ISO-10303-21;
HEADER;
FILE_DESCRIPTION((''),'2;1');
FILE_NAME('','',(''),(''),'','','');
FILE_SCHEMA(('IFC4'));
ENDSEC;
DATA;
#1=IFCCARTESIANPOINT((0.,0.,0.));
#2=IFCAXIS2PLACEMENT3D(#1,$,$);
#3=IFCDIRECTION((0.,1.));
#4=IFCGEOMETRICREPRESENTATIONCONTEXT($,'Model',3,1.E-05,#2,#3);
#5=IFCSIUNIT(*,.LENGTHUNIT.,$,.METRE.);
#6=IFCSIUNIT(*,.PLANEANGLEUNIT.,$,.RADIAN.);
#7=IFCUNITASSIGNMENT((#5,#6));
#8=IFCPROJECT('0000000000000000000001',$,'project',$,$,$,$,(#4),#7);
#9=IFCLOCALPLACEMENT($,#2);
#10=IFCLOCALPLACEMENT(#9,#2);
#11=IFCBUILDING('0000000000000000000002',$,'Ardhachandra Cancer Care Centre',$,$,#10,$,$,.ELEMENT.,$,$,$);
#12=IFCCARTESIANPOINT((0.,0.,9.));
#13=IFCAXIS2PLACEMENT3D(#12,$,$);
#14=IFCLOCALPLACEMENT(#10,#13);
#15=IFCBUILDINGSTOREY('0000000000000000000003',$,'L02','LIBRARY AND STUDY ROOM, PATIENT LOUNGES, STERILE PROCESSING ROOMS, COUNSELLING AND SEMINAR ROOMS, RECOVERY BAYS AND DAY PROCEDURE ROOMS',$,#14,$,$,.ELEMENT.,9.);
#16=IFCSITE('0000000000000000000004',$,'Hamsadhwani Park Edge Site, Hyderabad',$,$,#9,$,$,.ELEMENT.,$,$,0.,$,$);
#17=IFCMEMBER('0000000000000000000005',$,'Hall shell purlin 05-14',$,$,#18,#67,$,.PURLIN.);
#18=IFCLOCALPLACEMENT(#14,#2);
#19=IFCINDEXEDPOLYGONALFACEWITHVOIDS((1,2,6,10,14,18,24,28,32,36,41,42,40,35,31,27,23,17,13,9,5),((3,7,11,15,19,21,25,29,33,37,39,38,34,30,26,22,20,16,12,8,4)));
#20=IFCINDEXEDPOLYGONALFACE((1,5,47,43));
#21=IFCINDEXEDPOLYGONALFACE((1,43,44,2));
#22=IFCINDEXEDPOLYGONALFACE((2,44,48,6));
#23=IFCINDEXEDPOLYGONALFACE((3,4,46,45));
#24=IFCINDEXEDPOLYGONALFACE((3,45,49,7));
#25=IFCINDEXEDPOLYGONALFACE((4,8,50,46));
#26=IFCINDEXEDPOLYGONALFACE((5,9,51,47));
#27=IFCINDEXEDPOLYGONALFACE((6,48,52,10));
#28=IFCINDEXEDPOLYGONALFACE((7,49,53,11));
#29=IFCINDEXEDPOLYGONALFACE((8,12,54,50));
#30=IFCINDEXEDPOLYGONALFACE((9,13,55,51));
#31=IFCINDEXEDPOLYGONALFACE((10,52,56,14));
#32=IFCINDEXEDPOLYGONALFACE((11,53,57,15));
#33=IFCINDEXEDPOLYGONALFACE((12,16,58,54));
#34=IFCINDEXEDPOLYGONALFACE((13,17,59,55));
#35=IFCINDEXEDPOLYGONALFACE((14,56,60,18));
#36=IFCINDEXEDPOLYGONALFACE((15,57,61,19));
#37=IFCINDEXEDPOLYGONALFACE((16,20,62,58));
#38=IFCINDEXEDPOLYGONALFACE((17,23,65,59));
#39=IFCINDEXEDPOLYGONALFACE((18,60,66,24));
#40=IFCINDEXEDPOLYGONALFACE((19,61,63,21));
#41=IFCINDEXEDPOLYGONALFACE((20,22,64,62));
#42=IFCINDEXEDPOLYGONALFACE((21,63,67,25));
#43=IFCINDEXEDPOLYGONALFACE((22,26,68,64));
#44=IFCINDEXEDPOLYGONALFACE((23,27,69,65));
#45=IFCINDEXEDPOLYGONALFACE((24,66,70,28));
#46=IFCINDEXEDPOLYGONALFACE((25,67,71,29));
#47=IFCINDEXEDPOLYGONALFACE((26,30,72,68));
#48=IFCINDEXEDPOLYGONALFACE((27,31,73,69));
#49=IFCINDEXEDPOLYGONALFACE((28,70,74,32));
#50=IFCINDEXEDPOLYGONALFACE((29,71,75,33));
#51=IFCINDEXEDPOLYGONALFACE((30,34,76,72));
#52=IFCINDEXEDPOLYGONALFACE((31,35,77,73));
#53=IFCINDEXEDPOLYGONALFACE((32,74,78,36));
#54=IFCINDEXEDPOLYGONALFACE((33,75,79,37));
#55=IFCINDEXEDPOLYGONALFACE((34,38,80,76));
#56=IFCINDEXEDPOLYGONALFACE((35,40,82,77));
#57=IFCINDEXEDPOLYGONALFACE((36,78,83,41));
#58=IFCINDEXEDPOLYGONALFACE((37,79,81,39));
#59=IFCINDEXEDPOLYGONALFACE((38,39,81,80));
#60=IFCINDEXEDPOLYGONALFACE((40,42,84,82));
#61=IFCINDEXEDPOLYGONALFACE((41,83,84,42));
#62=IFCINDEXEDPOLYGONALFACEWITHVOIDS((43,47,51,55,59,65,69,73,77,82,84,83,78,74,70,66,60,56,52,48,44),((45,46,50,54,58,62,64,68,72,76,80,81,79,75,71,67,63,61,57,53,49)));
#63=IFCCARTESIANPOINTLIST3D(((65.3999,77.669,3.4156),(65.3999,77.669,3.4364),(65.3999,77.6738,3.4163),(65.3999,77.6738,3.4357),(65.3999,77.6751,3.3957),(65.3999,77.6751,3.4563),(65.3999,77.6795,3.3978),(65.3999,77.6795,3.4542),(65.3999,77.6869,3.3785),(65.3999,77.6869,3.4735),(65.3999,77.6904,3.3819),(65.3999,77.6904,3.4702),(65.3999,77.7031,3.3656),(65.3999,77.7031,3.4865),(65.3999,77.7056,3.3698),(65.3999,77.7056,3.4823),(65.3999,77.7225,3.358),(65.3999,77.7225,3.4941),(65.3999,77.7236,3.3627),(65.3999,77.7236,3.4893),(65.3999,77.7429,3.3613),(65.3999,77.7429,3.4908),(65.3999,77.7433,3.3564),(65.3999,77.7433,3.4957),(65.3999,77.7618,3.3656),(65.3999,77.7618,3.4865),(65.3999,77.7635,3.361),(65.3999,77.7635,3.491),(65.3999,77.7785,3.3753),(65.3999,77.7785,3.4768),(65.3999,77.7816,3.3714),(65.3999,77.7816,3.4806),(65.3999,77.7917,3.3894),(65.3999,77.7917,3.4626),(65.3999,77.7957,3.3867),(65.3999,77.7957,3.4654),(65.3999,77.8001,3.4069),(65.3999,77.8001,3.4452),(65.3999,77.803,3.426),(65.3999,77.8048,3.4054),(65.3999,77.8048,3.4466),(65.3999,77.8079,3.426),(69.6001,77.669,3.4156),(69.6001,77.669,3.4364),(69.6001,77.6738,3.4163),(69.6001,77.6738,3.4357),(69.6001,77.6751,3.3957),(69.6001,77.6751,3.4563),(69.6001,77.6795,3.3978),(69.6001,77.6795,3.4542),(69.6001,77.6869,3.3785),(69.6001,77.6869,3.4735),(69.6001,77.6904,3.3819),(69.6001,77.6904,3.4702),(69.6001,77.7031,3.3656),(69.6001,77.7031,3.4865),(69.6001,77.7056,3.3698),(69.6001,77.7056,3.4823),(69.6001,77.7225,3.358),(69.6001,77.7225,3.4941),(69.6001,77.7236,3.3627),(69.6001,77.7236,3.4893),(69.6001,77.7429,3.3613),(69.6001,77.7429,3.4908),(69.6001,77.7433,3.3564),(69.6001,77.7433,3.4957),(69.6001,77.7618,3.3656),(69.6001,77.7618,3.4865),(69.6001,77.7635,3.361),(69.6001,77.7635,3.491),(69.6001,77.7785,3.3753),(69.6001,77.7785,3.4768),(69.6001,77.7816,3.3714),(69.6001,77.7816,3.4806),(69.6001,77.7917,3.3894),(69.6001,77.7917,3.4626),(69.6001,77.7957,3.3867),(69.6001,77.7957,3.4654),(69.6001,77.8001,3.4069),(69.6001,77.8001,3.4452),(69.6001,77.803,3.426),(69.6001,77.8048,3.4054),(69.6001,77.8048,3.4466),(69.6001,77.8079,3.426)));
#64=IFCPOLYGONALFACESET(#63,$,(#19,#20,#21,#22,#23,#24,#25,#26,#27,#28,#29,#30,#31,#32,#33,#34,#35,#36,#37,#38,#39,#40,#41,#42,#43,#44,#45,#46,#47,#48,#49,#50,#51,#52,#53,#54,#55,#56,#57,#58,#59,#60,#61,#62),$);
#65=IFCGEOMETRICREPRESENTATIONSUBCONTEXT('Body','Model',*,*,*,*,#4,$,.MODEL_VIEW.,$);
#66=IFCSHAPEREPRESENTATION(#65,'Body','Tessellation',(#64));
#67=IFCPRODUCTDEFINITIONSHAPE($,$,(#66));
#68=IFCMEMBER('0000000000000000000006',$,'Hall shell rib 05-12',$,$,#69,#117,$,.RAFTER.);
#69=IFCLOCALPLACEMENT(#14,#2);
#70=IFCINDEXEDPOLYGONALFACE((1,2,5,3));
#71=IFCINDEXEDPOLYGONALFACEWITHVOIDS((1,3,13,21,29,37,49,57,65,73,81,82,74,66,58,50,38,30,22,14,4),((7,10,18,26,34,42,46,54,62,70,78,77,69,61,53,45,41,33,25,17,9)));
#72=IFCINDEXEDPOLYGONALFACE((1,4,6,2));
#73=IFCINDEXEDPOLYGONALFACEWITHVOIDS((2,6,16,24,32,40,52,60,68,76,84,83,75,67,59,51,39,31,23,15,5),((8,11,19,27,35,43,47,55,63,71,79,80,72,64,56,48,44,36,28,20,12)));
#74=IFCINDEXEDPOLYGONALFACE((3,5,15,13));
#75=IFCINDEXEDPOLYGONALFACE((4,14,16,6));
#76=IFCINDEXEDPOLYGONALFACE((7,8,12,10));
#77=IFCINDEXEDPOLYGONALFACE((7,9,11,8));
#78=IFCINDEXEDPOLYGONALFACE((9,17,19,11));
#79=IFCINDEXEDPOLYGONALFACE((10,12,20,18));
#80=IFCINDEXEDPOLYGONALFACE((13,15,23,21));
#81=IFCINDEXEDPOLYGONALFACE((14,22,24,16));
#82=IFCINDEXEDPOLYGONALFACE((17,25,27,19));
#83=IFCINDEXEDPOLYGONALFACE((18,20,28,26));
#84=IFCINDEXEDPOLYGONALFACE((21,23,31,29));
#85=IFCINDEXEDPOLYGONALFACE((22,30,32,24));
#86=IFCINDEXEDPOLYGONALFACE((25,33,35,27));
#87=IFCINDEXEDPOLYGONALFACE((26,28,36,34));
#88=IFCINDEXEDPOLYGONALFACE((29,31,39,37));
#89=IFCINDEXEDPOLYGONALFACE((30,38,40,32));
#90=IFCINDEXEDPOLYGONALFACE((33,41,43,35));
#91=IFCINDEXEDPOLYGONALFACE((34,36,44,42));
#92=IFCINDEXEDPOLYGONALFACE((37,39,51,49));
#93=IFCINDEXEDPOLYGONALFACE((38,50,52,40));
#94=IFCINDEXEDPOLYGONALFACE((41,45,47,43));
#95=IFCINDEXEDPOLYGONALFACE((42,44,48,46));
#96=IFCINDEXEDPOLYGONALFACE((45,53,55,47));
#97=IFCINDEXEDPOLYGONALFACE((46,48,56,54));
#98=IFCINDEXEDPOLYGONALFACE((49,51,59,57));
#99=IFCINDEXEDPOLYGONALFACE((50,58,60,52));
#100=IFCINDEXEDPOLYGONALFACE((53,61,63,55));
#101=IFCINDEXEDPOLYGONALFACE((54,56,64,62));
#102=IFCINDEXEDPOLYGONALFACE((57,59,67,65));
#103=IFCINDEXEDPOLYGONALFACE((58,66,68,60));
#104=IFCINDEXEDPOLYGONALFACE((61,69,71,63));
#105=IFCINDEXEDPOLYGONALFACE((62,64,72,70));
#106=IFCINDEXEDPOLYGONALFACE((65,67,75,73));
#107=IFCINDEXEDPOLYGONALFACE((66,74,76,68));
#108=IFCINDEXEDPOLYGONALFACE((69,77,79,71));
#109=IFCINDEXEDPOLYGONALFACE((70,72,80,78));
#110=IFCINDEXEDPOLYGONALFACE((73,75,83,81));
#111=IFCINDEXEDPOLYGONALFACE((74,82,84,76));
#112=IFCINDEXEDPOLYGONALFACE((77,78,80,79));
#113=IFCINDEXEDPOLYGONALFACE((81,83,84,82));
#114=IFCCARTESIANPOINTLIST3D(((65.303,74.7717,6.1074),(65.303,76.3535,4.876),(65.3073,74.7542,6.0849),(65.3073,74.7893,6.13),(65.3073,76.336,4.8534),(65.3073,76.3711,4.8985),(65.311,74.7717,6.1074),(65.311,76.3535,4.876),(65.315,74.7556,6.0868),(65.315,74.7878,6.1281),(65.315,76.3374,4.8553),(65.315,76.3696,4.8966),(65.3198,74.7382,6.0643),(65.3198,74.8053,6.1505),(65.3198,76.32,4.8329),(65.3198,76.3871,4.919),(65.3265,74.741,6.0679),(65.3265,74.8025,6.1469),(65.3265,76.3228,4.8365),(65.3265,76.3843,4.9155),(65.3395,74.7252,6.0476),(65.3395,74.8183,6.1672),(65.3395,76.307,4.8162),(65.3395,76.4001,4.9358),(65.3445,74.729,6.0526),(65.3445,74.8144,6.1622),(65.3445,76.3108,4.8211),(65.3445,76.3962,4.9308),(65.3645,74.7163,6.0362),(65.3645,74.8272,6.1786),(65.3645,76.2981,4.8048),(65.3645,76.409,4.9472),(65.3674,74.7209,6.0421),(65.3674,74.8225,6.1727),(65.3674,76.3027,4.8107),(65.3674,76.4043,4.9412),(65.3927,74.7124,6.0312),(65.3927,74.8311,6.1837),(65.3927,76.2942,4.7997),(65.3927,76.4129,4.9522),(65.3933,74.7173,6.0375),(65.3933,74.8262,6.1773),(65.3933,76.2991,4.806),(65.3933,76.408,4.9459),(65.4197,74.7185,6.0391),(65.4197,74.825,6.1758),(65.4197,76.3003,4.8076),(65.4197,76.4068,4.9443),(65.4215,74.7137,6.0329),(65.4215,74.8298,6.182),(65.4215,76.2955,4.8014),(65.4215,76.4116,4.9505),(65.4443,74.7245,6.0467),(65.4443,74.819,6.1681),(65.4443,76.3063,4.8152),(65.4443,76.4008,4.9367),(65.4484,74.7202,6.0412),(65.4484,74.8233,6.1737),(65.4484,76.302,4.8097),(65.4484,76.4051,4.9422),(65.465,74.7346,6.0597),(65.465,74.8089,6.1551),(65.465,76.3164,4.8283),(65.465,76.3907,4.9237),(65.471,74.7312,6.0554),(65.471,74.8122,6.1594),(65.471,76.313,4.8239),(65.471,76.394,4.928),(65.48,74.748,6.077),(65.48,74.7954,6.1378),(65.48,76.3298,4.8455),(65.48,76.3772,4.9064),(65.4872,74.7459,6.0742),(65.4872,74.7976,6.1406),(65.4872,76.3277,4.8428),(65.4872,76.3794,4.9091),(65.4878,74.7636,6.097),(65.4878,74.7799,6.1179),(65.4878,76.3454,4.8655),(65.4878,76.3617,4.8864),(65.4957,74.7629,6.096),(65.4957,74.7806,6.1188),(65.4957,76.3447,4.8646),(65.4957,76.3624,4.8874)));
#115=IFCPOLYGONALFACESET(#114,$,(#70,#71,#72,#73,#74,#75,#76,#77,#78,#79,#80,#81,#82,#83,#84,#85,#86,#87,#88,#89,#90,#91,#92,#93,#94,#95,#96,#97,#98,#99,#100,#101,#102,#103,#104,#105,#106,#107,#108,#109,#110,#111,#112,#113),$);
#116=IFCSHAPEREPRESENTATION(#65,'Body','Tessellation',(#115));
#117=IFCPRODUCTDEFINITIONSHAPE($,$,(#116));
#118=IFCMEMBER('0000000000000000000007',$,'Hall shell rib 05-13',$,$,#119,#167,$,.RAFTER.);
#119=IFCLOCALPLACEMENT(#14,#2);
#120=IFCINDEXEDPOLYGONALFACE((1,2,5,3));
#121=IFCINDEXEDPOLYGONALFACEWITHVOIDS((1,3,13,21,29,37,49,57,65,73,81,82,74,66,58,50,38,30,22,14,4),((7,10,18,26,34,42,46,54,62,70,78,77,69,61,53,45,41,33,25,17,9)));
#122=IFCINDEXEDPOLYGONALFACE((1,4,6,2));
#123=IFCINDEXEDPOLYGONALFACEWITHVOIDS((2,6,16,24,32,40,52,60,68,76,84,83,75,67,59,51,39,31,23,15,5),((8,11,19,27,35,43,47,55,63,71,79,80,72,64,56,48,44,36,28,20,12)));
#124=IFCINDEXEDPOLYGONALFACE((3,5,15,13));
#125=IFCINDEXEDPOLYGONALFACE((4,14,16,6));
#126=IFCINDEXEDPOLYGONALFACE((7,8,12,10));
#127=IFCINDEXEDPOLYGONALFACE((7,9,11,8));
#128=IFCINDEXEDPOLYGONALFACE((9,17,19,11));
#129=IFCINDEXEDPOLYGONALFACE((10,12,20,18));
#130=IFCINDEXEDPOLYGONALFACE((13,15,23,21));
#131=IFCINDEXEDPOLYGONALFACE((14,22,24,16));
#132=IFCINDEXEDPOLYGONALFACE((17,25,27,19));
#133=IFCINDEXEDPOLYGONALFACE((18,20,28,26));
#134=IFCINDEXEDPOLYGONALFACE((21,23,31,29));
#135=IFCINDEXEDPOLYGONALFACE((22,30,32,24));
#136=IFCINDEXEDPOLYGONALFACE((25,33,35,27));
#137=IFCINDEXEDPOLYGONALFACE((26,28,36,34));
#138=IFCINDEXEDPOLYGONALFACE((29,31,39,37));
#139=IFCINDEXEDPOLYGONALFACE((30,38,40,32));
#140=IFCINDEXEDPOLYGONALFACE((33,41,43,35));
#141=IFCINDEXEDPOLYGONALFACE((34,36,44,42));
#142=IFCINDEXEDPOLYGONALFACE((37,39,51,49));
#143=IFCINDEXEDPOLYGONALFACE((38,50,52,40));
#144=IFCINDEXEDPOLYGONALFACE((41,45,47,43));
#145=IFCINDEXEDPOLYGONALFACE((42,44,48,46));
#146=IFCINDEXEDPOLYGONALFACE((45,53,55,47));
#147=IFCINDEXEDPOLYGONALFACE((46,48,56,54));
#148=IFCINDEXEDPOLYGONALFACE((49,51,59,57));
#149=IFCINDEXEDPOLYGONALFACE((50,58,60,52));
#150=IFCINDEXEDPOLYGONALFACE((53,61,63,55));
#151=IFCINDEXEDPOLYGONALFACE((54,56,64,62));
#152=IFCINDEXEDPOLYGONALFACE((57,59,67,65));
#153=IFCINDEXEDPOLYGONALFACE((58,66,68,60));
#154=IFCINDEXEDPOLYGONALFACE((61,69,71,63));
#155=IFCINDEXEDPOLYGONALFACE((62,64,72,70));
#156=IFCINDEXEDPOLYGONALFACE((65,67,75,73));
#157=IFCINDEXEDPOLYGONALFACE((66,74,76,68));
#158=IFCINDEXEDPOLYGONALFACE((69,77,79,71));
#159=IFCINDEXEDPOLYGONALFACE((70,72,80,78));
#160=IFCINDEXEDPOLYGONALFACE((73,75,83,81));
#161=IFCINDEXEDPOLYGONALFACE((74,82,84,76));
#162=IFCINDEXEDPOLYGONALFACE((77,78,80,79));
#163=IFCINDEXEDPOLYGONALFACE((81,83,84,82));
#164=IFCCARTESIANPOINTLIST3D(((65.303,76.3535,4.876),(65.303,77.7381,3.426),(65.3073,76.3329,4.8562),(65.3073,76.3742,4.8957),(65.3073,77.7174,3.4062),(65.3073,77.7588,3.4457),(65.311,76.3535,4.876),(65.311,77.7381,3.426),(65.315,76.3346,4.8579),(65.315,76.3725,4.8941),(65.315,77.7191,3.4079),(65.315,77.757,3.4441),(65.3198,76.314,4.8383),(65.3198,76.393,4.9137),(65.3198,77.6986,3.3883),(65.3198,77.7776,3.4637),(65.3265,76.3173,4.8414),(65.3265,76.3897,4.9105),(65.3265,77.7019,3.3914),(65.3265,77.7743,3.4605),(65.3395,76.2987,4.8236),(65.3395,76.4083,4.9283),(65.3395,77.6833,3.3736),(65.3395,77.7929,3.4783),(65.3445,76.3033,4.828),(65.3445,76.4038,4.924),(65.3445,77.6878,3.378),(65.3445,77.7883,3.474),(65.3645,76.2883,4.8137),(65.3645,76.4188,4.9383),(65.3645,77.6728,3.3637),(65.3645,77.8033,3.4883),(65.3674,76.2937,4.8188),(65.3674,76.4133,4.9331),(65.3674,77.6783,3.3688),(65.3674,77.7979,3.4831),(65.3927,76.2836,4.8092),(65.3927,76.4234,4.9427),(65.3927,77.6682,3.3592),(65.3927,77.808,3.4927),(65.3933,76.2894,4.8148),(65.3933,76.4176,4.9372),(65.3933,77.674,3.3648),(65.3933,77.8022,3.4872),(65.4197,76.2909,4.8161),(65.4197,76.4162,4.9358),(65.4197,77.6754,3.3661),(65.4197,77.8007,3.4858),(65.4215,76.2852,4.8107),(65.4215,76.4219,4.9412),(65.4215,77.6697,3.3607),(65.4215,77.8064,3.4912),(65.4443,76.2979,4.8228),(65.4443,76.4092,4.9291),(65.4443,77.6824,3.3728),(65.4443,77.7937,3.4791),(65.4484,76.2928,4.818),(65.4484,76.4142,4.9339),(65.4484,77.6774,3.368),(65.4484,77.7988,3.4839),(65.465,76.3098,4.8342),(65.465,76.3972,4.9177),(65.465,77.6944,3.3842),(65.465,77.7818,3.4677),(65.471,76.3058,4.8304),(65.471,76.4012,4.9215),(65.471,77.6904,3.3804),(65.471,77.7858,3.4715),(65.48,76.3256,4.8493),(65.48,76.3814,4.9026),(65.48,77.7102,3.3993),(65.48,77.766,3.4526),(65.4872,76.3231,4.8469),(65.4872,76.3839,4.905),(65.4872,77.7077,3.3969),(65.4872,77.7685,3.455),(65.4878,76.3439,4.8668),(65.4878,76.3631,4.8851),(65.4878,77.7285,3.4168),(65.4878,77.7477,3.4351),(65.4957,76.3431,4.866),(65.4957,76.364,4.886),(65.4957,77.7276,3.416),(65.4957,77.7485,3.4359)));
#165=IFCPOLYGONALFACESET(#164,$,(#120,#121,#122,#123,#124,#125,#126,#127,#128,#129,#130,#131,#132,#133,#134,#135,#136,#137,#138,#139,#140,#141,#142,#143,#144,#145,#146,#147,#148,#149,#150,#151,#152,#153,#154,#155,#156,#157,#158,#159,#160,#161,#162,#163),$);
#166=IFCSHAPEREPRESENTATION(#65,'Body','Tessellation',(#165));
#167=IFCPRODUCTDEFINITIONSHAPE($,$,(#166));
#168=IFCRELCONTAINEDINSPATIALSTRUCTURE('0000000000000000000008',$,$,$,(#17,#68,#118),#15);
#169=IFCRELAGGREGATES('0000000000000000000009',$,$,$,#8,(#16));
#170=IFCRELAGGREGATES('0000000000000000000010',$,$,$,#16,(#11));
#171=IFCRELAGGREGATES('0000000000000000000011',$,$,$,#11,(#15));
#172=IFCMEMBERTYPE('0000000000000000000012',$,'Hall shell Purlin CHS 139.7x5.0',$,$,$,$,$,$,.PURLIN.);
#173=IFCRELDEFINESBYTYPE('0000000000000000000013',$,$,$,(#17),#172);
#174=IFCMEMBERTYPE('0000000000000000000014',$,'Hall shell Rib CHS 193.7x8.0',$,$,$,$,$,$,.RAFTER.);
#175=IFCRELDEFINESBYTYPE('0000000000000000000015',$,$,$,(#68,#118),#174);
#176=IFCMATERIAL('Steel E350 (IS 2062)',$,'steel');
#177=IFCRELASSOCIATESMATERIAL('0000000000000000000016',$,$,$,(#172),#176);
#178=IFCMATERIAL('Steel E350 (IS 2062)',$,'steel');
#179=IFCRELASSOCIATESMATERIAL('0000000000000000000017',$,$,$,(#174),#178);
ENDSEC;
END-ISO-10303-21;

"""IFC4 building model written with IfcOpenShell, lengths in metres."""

from ifc_helpers import new_model, si_unit, direction, frame, origin, origin_2d, place, context, subcontext, project, spatial, hollow_circle, extrude, material, material_profile, profile_set, type_object, element, save


model = new_model("IFC4")

# Units and contexts
model_context = context("Model", 3, precision=1e-05, world=origin(), true_north=direction((0.0, 1.0)))
body_context = subcontext(model_context, "Body", "Model", "MODEL_VIEW")
ifc_project = project(units=[si_unit("LENGTHUNIT", "METRE"), si_unit("PLANEANGLEUNIT", "RADIAN")], contexts=[model_context])

# Site, building, storey
site_placement = place(None, origin())
site = spatial("IfcSite", under=ifc_project, at=site_placement, Name="Hamsadhwani Park Edge Site, Hyderabad", CompositionType="ELEMENT", RefElevation=0.0)
building_placement = place(site_placement, origin())
building = spatial("IfcBuilding", under=site, at=building_placement, Name="Ardhachandra Cancer Care Centre", CompositionType="ELEMENT")
storey_placement = place(building_placement, frame((0.0, 0.0, 9.0)))
storey = spatial("IfcBuildingStorey", under=building, at=storey_placement, Name="L02", Description="LIBRARY AND STUDY ROOM, PATIENT LOUNGES, STERILE PROCESSING ROOMS, COUNSELLING AND SEMINAR ROOMS, RECOVERY BAYS AND DAY PROCEDURE ROOMS", CompositionType="ELEMENT", Elevation=9.0)

# Members
ifc_material_1 = material(Name="Steel E350 (IS 2062)", Category="steel")
ifc_material_profile_1 = material_profile(ifc_material_1, hollow_circle(Radius=0.0698, WallThickness=0.0049, at=origin_2d()), Name="CHS 139.7x5.0")
ifc_profile_set_1 = profile_set([ifc_material_profile_1], Name="Steel E350 (IS 2062)")
member_type_1 = type_object("IfcMemberType", Name="Hall shell Purlin CHS 139.7x5.0", PredefinedType="PURLIN", material=ifc_profile_set_1)
for number, where, z_axis, x_axis, name in (
    (1, (65.3999, 77.738, 3.426), (1.0, 0.0, 0.0), (0.0, 1.0, 0.0), "Hall shell purlin 05-14"),
):
    element("IfcMember", number, at=place(storey_placement, frame(where, z_axis=z_axis, x_axis=x_axis)), inside=storey, type_object=member_type_1, Name=name, PredefinedType="PURLIN", context=body_context, shape_type="SweptSolid", body=[
        extrude(hollow_circle(Radius=0.0698, WallThickness=0.0049, at=origin_2d()), origin(), (0.0, 0.0, 1.0), 4.2002),
    ])
ifc_material_2 = material(Name="Steel E350 (IS 2062)", Category="steel")
ifc_material_profile_2 = material_profile(ifc_material_2, hollow_circle(Radius=0.0969, WallThickness=0.0081, at=origin_2d()), Name="CHS 193.7x8.0")
ifc_profile_set_2 = profile_set([ifc_material_profile_2], Name="Steel E350 (IS 2062)")
member_type_2 = type_object("IfcMemberType", Name="Hall shell Rib CHS 193.7x8.0", PredefinedType="RAFTER", material=ifc_profile_set_2)
member_1_placement = place(storey_placement, frame((65.3999, 74.7717, 6.1074), z_axis=(0.0, 0.78907, -0.614303), x_axis=(-1.0, 0.0, 0.0)))
element("IfcMember", 2, at=member_1_placement, inside=storey, type_object=member_type_2, Name="Hall shell rib 05-12", PredefinedType="RAFTER", context=body_context, shape_type="SweptSolid", body=[
    extrude(hollow_circle(Radius=0.0969, WallThickness=0.0081, at=origin_2d()), origin(), (0.0, 0.0, 1.0), 2.0046),
])
member_2_placement = place(storey_placement, frame((65.3999, 76.3535, 4.876), z_axis=(0.0, 0.6906, -0.723237), x_axis=(-1.0, 0.0, 0.0)))
element("IfcMember", 3, at=member_2_placement, inside=storey, type_object=member_type_2, Name="Hall shell rib 05-13", PredefinedType="RAFTER", context=body_context, shape_type="SweptSolid", body=[
    extrude(hollow_circle(Radius=0.0969, WallThickness=0.0081, at=origin_2d()), origin(), (0.0, 0.0, 1.0), 2.0049),
])

save(model, "model.ifc")
